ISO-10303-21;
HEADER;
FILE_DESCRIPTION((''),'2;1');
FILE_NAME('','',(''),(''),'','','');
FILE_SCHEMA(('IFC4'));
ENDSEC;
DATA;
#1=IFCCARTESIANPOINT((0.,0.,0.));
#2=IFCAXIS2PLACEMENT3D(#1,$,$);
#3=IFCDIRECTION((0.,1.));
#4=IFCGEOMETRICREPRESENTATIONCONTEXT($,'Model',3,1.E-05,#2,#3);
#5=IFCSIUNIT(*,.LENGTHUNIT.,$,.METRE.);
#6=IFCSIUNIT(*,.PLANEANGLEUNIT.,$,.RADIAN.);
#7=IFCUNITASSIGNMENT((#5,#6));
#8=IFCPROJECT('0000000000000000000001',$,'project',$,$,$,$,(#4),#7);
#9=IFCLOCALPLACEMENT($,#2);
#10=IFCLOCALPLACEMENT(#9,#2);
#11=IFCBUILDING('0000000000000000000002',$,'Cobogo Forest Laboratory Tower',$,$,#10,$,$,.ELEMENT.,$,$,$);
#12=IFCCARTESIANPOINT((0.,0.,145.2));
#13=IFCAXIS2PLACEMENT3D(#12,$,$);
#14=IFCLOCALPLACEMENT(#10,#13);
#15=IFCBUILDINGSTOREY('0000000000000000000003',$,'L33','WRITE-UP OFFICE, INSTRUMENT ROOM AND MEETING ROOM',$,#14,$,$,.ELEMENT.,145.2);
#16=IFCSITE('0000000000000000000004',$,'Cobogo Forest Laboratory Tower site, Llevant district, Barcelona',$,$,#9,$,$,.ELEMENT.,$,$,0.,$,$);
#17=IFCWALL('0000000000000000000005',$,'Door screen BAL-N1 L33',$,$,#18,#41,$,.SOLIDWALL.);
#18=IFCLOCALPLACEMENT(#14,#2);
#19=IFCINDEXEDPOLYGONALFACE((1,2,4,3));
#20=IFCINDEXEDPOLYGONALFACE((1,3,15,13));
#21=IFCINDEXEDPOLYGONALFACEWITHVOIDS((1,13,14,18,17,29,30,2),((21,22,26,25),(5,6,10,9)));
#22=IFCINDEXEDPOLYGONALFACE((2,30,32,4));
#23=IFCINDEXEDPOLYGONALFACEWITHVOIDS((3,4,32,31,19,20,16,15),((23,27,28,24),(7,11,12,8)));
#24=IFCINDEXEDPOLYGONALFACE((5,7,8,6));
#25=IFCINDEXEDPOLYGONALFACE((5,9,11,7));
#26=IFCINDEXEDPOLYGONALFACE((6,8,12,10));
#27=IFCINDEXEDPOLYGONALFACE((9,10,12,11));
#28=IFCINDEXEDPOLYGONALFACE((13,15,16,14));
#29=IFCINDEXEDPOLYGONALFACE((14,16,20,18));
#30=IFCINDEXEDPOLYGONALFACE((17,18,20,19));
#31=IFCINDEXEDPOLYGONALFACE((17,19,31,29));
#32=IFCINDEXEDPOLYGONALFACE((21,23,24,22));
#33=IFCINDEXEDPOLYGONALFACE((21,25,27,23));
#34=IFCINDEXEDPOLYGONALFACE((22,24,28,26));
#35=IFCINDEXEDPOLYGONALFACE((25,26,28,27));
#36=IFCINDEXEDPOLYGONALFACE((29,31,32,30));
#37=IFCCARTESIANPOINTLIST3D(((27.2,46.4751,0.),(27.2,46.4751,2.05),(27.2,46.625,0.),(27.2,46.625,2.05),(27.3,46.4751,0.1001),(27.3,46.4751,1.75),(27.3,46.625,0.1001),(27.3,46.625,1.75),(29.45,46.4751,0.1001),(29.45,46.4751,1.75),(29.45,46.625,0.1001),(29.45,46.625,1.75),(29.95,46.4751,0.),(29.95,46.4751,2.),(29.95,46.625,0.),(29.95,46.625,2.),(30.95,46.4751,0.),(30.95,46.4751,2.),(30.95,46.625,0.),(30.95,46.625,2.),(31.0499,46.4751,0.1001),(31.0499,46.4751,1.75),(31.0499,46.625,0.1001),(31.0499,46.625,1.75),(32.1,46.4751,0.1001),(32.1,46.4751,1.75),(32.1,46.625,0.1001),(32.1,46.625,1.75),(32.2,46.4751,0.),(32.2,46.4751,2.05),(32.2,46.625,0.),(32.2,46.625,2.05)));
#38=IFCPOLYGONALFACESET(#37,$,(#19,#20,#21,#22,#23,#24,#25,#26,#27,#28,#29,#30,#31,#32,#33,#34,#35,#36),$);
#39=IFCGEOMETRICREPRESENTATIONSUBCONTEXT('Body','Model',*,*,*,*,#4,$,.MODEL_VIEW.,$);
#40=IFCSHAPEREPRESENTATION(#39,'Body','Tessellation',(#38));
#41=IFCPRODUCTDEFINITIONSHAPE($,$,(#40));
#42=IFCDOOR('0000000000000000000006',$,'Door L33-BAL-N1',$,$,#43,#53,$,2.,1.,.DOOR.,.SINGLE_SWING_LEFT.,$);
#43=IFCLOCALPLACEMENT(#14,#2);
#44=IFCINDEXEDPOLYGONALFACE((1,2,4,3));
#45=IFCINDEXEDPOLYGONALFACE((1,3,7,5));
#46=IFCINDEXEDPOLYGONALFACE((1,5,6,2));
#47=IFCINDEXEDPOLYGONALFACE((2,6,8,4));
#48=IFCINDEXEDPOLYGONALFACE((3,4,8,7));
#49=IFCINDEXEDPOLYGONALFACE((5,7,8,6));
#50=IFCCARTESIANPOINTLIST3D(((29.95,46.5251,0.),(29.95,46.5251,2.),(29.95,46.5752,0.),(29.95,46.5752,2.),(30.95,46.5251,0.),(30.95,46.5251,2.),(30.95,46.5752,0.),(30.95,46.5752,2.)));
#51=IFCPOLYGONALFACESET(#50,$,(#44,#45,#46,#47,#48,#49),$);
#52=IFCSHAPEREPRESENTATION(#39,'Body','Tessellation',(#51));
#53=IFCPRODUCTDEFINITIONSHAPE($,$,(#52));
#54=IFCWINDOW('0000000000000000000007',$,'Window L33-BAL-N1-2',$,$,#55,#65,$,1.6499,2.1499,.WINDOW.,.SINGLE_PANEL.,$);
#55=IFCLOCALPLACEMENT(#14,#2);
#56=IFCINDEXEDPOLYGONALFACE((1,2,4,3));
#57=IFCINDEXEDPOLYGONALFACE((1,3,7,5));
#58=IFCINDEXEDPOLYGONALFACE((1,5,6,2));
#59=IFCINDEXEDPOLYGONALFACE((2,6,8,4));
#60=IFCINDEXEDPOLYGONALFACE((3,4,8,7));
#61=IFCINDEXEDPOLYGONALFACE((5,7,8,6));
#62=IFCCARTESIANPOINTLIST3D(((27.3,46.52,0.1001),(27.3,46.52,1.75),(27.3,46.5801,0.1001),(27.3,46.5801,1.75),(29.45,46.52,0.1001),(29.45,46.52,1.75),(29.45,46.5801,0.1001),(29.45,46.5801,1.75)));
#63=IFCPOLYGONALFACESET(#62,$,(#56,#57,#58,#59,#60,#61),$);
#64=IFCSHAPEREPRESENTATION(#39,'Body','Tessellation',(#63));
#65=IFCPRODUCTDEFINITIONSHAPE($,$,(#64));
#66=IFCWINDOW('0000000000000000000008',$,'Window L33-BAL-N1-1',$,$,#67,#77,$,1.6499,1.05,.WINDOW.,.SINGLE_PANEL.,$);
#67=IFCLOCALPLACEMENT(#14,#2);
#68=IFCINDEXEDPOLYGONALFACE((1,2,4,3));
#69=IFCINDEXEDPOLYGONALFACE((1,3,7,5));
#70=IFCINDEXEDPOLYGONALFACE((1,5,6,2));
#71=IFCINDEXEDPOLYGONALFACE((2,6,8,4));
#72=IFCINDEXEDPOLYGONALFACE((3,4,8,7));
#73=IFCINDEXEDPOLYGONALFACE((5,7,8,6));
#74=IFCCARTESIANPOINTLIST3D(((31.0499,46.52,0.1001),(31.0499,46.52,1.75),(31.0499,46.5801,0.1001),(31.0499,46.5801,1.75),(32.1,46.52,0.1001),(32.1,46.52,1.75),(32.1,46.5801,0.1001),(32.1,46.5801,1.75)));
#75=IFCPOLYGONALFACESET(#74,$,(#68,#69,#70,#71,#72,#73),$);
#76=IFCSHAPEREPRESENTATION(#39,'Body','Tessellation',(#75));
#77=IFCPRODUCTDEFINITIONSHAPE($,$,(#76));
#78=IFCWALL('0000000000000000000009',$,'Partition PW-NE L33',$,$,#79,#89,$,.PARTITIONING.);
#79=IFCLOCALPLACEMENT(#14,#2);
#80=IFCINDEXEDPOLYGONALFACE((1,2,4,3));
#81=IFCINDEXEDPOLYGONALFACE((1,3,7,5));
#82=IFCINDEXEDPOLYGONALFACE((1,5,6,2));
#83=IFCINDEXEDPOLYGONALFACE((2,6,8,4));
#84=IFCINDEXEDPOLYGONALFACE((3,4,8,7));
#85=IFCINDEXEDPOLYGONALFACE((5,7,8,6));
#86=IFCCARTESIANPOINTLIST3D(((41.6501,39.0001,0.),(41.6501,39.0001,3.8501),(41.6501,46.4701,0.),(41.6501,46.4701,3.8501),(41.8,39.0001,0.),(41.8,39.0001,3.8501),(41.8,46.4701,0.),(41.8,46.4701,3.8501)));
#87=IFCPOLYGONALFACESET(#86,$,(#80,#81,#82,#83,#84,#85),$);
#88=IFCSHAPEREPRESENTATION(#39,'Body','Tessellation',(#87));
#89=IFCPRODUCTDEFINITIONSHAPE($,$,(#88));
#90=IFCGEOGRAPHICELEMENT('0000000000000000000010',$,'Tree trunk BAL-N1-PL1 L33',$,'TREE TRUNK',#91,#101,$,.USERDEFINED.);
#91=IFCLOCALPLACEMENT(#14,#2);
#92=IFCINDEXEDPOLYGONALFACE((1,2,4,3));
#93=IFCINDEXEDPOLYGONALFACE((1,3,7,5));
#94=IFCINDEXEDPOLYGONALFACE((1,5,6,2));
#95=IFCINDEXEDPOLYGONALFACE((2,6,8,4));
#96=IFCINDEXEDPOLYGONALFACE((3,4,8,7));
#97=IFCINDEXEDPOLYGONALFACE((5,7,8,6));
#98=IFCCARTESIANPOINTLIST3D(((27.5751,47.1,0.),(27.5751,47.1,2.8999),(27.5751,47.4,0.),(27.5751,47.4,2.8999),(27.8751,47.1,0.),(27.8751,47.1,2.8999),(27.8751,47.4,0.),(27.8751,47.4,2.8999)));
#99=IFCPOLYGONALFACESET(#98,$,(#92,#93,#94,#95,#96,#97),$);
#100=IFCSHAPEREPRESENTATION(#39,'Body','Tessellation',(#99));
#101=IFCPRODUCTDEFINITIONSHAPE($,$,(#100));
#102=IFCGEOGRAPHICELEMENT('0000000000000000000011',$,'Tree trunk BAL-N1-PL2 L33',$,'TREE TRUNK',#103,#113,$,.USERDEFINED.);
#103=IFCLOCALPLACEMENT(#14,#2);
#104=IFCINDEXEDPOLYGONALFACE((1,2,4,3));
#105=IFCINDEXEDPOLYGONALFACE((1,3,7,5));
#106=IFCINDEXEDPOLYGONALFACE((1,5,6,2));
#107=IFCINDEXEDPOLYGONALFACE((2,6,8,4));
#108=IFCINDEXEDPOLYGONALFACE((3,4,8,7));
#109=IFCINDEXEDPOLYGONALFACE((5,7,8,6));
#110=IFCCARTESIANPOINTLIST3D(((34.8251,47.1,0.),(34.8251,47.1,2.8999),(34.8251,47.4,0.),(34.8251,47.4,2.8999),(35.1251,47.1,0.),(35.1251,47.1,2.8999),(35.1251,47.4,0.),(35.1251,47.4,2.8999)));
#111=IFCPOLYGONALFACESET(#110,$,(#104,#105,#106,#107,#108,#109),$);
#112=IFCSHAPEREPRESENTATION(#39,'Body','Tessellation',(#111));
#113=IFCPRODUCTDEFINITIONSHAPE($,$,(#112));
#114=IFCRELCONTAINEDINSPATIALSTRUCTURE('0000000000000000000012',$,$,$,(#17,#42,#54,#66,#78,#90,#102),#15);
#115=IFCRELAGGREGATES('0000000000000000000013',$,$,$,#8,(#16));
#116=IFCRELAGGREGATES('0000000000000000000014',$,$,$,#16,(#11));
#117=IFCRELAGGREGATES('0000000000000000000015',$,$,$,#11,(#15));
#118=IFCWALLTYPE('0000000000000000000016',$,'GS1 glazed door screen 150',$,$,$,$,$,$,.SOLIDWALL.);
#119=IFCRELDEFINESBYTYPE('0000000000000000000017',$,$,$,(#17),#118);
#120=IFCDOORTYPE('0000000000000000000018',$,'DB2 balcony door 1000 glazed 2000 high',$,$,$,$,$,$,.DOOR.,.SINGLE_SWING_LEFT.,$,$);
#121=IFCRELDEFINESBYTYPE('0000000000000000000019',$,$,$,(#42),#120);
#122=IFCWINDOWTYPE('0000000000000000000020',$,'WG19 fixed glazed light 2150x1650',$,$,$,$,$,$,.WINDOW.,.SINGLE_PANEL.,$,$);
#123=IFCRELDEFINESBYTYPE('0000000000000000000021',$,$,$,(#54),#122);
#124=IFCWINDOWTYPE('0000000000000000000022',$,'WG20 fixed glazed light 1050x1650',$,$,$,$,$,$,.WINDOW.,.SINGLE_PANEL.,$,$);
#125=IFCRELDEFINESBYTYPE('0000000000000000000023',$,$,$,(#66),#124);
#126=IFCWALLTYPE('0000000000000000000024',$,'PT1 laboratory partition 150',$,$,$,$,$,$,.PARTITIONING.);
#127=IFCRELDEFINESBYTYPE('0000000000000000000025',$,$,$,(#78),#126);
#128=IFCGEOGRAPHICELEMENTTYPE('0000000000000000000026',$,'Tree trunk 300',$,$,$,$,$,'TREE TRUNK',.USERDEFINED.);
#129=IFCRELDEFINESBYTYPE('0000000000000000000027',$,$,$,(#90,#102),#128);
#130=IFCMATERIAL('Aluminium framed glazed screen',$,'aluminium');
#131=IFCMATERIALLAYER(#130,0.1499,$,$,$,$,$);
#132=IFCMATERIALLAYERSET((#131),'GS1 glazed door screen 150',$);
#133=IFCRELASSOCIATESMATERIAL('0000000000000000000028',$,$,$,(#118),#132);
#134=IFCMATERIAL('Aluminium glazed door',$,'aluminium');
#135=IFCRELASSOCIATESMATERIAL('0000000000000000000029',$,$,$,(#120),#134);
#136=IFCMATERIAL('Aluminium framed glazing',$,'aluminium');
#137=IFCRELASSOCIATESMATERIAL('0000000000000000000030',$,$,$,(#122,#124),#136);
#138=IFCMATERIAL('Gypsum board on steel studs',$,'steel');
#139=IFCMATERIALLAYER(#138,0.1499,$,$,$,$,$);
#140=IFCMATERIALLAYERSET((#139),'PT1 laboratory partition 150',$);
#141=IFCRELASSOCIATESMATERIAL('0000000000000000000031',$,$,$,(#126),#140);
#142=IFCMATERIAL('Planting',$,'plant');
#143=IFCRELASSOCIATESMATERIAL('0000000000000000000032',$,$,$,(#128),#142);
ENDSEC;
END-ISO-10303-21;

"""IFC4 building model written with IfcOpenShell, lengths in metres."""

from ifc_helpers import new_model, si_unit, direction, frame, frame_2d, origin, origin_2d, place, context, subcontext, project, spatial, rectangle, extrude, material, layer, layer_set, type_object, element, fill, save


model = new_model("IFC4")

# Units and contexts
model_context = context("Model", 3, precision=1e-05, world=origin(), true_north=direction((0.0, 1.0)))
body_context = subcontext(model_context, "Body", "Model", "MODEL_VIEW")
ifc_project = project(units=[si_unit("LENGTHUNIT", "METRE"), si_unit("PLANEANGLEUNIT", "RADIAN")], contexts=[model_context])

# Site, building, storey
site_placement = place(None, origin())
site = spatial("IfcSite", under=ifc_project, at=site_placement, Name="Cobogo Forest Laboratory Tower site, Llevant district, Barcelona", CompositionType="ELEMENT", RefElevation=0.0)
building_placement = place(site_placement, origin())
building = spatial("IfcBuilding", under=site, at=building_placement, Name="Cobogo Forest Laboratory Tower", CompositionType="ELEMENT")
storey_placement = place(building_placement, frame((0.0, 0.0, 145.2)))
storey = spatial("IfcBuildingStorey", under=building, at=storey_placement, Name="L33", Description="WRITE-UP OFFICE, INSTRUMENT ROOM AND MEETING ROOM", CompositionType="ELEMENT", Elevation=145.2)

# Wall, openings, door, windows
ifc_material_1 = material(Name="Aluminium framed glazed screen", Category="aluminium")
ifc_layer_1 = layer(ifc_material_1, 0.1499)
ifc_layer_set_1 = layer_set([ifc_layer_1], Name="GS1 glazed door screen 150")
wall_type_1 = type_object("IfcWallType", Name="GS1 glazed door screen 150", PredefinedType="SOLIDWALL", material=ifc_layer_set_1)
wall_1_placement = place(storey_placement, frame((32.2, 46.55, 0.0), z_axis=(0.0, 0.0, 1.0), x_axis=(-1.0, 0.0, 0.0)))
wall_1 = element("IfcWall", 1, at=wall_1_placement, inside=storey, type_object=wall_type_1, Name="Door screen BAL-N1 L33", PredefinedType="SOLIDWALL", context=body_context, shape_type="SweptSolid", body=[
    extrude(rectangle(XDim=5.0, YDim=0.1499, at=frame_2d((2.5, 0.0))), origin(), (0.0, 0.0, 1.0), 2.05),
])
opening_1_placement = place(wall_1_placement, frame((1.25, 0.0, 0.0)))
opening_1 = element("IfcOpeningElement", 2, at=opening_1_placement, cuts=wall_1, PredefinedType="OPENING", context=body_context, shape_type="SweptSolid", body=[
    extrude(rectangle(XDim=1.0, YDim=2.0, at=frame_2d((0.5, 1.0))), frame((0.0, 0.085, 0.0), z_axis=(0.0, -1.0, 0.0), x_axis=(1.0, 0.0, 0.0)), (0.0, 0.0, 1.0), 0.1699),
])
opening_2_placement = place(wall_1_placement, frame((0.1001, 0.0, 0.1001)))
opening_2 = element("IfcOpeningElement", 3, at=opening_2_placement, cuts=wall_1, PredefinedType="OPENING", context=body_context, shape_type="SweptSolid", body=[
    extrude(rectangle(XDim=1.05, YDim=1.6499, at=frame_2d((0.5249, 0.825))), frame((0.0, 0.085, 0.0), z_axis=(0.0, -1.0, 0.0), x_axis=(1.0, 0.0, 0.0)), (0.0, 0.0, 1.0), 0.1699),
])
opening_3_placement = place(wall_1_placement, frame((2.75, 0.0, 0.1001)))
opening_3 = element("IfcOpeningElement", 4, at=opening_3_placement, cuts=wall_1, PredefinedType="OPENING", context=body_context, shape_type="SweptSolid", body=[
    extrude(rectangle(XDim=2.1499, YDim=1.6499, at=frame_2d((1.075, 0.825))), frame((0.0, 0.085, 0.0), z_axis=(0.0, -1.0, 0.0), x_axis=(1.0, 0.0, 0.0)), (0.0, 0.0, 1.0), 0.1699),
])
ifc_material_2 = material(Name="Aluminium glazed door", Category="aluminium")
door_type = type_object("IfcDoorType", Name="DB2 balcony door 1000 glazed 2000 high", OperationType="SINGLE_SWING_LEFT", PredefinedType="DOOR", material=ifc_material_2)
door_placement = place(opening_1_placement, origin())
door = element("IfcDoor", 5, at=door_placement, inside=storey, type_object=door_type, Name="Door L33-BAL-N1", OperationType="SINGLE_SWING_LEFT", OverallHeight=2.0, OverallWidth=1.0, PredefinedType="DOOR", context=body_context, shape_type="SweptSolid", body=[
    extrude(rectangle(XDim=1.0, YDim=2.0, at=frame_2d((0.5, 1.0))), frame((0.0, 0.0249, 0.0), z_axis=(0.0, -1.0, 0.0), x_axis=(1.0, 0.0, 0.0)), (0.0, 0.0, 1.0), 0.05),
])
fill(opening_1, door)
ifc_material_3 = material(Name="Aluminium framed glazing", Category="aluminium")
window_type_1 = type_object("IfcWindowType", Name="WG19 fixed glazed light 2150x1650", PartitioningType="SINGLE_PANEL", PredefinedType="WINDOW", material=ifc_material_3)
window_1_placement = place(opening_3_placement, origin())
window_1 = element("IfcWindow", 6, at=window_1_placement, inside=storey, type_object=window_type_1, Name="Window L33-BAL-N1-2", OverallHeight=1.6499, OverallWidth=2.1499, PartitioningType="SINGLE_PANEL", PredefinedType="WINDOW", context=body_context, shape_type="SweptSolid", body=[
    extrude(rectangle(XDim=2.1499, YDim=1.6499, at=frame_2d((1.075, 0.825))), frame((0.0, 0.03, 0.0), z_axis=(0.0, -1.0, 0.0), x_axis=(1.0, 0.0, 0.0)), (0.0, 0.0, 1.0), 0.0601),
])
fill(opening_3, window_1)
window_type_2 = type_object("IfcWindowType", Name="WG20 fixed glazed light 1050x1650", PartitioningType="SINGLE_PANEL", PredefinedType="WINDOW", material=ifc_material_3)
window_2_placement = place(opening_2_placement, origin())
window_2 = element("IfcWindow", 7, at=window_2_placement, inside=storey, type_object=window_type_2, Name="Window L33-BAL-N1-1", OverallHeight=1.6499, OverallWidth=1.05, PartitioningType="SINGLE_PANEL", PredefinedType="WINDOW", context=body_context, shape_type="SweptSolid", body=[
    extrude(rectangle(XDim=1.05, YDim=1.6499, at=frame_2d((0.5249, 0.825))), frame((0.0, 0.03, 0.0), z_axis=(0.0, -1.0, 0.0), x_axis=(1.0, 0.0, 0.0)), (0.0, 0.0, 1.0), 0.0601),
])
fill(opening_2, window_2)

# Wall
ifc_material_4 = material(Name="Gypsum board on steel studs", Category="steel")
ifc_layer_2 = layer(ifc_material_4, 0.1499)
ifc_layer_set_2 = layer_set([ifc_layer_2], Name="PT1 laboratory partition 150")
wall_type_2 = type_object("IfcWallType", Name="PT1 laboratory partition 150", PredefinedType="PARTITIONING", material=ifc_layer_set_2)
wall_2_placement = place(storey_placement, frame((41.7251, 46.47, 0.0), z_axis=(0.0, 0.0, 1.0), x_axis=(0.0, -1.0, 0.0)))
element("IfcWall", 8, at=wall_2_placement, inside=storey, type_object=wall_type_2, Name="Partition PW-NE L33", PredefinedType="PARTITIONING", context=body_context, shape_type="SweptSolid", body=[
    extrude(rectangle(XDim=7.47, YDim=0.1499, at=frame_2d((3.7349, 0.0))), origin(), (0.0, 0.0, 1.0), 3.8501),
])

# Geographic elements
ifc_material_5 = material(Name="Planting", Category="plant")
geographic_element_type = type_object("IfcGeographicElementType", Name="Tree trunk 300", ElementType="TREE TRUNK", PredefinedType="USERDEFINED", material=ifc_material_5)
for number, where, z_axis, x_axis, name in (
    (9, (27.7251, 47.25, 0.0), (0.0, 0.0, 1.0), (1.0, 0.0, 0.0), "Tree trunk BAL-N1-PL1 L33"),
    (10, (34.9751, 47.25, 0.0), (0.0, 0.0, 1.0), (1.0, 0.0, 0.0), "Tree trunk BAL-N1-PL2 L33"),
):
    element("IfcGeographicElement", number, at=place(storey_placement, frame(where, z_axis=z_axis, x_axis=x_axis)), inside=storey, type_object=geographic_element_type, Name=name, ObjectType="TREE TRUNK", PredefinedType="USERDEFINED", context=body_context, shape_type="SweptSolid", body=[
        extrude(rectangle(XDim=0.3, YDim=0.3, at=origin_2d()), origin(), (0.0, 0.0, 1.0), 2.8999),
    ])

save(model, "model.ifc")
